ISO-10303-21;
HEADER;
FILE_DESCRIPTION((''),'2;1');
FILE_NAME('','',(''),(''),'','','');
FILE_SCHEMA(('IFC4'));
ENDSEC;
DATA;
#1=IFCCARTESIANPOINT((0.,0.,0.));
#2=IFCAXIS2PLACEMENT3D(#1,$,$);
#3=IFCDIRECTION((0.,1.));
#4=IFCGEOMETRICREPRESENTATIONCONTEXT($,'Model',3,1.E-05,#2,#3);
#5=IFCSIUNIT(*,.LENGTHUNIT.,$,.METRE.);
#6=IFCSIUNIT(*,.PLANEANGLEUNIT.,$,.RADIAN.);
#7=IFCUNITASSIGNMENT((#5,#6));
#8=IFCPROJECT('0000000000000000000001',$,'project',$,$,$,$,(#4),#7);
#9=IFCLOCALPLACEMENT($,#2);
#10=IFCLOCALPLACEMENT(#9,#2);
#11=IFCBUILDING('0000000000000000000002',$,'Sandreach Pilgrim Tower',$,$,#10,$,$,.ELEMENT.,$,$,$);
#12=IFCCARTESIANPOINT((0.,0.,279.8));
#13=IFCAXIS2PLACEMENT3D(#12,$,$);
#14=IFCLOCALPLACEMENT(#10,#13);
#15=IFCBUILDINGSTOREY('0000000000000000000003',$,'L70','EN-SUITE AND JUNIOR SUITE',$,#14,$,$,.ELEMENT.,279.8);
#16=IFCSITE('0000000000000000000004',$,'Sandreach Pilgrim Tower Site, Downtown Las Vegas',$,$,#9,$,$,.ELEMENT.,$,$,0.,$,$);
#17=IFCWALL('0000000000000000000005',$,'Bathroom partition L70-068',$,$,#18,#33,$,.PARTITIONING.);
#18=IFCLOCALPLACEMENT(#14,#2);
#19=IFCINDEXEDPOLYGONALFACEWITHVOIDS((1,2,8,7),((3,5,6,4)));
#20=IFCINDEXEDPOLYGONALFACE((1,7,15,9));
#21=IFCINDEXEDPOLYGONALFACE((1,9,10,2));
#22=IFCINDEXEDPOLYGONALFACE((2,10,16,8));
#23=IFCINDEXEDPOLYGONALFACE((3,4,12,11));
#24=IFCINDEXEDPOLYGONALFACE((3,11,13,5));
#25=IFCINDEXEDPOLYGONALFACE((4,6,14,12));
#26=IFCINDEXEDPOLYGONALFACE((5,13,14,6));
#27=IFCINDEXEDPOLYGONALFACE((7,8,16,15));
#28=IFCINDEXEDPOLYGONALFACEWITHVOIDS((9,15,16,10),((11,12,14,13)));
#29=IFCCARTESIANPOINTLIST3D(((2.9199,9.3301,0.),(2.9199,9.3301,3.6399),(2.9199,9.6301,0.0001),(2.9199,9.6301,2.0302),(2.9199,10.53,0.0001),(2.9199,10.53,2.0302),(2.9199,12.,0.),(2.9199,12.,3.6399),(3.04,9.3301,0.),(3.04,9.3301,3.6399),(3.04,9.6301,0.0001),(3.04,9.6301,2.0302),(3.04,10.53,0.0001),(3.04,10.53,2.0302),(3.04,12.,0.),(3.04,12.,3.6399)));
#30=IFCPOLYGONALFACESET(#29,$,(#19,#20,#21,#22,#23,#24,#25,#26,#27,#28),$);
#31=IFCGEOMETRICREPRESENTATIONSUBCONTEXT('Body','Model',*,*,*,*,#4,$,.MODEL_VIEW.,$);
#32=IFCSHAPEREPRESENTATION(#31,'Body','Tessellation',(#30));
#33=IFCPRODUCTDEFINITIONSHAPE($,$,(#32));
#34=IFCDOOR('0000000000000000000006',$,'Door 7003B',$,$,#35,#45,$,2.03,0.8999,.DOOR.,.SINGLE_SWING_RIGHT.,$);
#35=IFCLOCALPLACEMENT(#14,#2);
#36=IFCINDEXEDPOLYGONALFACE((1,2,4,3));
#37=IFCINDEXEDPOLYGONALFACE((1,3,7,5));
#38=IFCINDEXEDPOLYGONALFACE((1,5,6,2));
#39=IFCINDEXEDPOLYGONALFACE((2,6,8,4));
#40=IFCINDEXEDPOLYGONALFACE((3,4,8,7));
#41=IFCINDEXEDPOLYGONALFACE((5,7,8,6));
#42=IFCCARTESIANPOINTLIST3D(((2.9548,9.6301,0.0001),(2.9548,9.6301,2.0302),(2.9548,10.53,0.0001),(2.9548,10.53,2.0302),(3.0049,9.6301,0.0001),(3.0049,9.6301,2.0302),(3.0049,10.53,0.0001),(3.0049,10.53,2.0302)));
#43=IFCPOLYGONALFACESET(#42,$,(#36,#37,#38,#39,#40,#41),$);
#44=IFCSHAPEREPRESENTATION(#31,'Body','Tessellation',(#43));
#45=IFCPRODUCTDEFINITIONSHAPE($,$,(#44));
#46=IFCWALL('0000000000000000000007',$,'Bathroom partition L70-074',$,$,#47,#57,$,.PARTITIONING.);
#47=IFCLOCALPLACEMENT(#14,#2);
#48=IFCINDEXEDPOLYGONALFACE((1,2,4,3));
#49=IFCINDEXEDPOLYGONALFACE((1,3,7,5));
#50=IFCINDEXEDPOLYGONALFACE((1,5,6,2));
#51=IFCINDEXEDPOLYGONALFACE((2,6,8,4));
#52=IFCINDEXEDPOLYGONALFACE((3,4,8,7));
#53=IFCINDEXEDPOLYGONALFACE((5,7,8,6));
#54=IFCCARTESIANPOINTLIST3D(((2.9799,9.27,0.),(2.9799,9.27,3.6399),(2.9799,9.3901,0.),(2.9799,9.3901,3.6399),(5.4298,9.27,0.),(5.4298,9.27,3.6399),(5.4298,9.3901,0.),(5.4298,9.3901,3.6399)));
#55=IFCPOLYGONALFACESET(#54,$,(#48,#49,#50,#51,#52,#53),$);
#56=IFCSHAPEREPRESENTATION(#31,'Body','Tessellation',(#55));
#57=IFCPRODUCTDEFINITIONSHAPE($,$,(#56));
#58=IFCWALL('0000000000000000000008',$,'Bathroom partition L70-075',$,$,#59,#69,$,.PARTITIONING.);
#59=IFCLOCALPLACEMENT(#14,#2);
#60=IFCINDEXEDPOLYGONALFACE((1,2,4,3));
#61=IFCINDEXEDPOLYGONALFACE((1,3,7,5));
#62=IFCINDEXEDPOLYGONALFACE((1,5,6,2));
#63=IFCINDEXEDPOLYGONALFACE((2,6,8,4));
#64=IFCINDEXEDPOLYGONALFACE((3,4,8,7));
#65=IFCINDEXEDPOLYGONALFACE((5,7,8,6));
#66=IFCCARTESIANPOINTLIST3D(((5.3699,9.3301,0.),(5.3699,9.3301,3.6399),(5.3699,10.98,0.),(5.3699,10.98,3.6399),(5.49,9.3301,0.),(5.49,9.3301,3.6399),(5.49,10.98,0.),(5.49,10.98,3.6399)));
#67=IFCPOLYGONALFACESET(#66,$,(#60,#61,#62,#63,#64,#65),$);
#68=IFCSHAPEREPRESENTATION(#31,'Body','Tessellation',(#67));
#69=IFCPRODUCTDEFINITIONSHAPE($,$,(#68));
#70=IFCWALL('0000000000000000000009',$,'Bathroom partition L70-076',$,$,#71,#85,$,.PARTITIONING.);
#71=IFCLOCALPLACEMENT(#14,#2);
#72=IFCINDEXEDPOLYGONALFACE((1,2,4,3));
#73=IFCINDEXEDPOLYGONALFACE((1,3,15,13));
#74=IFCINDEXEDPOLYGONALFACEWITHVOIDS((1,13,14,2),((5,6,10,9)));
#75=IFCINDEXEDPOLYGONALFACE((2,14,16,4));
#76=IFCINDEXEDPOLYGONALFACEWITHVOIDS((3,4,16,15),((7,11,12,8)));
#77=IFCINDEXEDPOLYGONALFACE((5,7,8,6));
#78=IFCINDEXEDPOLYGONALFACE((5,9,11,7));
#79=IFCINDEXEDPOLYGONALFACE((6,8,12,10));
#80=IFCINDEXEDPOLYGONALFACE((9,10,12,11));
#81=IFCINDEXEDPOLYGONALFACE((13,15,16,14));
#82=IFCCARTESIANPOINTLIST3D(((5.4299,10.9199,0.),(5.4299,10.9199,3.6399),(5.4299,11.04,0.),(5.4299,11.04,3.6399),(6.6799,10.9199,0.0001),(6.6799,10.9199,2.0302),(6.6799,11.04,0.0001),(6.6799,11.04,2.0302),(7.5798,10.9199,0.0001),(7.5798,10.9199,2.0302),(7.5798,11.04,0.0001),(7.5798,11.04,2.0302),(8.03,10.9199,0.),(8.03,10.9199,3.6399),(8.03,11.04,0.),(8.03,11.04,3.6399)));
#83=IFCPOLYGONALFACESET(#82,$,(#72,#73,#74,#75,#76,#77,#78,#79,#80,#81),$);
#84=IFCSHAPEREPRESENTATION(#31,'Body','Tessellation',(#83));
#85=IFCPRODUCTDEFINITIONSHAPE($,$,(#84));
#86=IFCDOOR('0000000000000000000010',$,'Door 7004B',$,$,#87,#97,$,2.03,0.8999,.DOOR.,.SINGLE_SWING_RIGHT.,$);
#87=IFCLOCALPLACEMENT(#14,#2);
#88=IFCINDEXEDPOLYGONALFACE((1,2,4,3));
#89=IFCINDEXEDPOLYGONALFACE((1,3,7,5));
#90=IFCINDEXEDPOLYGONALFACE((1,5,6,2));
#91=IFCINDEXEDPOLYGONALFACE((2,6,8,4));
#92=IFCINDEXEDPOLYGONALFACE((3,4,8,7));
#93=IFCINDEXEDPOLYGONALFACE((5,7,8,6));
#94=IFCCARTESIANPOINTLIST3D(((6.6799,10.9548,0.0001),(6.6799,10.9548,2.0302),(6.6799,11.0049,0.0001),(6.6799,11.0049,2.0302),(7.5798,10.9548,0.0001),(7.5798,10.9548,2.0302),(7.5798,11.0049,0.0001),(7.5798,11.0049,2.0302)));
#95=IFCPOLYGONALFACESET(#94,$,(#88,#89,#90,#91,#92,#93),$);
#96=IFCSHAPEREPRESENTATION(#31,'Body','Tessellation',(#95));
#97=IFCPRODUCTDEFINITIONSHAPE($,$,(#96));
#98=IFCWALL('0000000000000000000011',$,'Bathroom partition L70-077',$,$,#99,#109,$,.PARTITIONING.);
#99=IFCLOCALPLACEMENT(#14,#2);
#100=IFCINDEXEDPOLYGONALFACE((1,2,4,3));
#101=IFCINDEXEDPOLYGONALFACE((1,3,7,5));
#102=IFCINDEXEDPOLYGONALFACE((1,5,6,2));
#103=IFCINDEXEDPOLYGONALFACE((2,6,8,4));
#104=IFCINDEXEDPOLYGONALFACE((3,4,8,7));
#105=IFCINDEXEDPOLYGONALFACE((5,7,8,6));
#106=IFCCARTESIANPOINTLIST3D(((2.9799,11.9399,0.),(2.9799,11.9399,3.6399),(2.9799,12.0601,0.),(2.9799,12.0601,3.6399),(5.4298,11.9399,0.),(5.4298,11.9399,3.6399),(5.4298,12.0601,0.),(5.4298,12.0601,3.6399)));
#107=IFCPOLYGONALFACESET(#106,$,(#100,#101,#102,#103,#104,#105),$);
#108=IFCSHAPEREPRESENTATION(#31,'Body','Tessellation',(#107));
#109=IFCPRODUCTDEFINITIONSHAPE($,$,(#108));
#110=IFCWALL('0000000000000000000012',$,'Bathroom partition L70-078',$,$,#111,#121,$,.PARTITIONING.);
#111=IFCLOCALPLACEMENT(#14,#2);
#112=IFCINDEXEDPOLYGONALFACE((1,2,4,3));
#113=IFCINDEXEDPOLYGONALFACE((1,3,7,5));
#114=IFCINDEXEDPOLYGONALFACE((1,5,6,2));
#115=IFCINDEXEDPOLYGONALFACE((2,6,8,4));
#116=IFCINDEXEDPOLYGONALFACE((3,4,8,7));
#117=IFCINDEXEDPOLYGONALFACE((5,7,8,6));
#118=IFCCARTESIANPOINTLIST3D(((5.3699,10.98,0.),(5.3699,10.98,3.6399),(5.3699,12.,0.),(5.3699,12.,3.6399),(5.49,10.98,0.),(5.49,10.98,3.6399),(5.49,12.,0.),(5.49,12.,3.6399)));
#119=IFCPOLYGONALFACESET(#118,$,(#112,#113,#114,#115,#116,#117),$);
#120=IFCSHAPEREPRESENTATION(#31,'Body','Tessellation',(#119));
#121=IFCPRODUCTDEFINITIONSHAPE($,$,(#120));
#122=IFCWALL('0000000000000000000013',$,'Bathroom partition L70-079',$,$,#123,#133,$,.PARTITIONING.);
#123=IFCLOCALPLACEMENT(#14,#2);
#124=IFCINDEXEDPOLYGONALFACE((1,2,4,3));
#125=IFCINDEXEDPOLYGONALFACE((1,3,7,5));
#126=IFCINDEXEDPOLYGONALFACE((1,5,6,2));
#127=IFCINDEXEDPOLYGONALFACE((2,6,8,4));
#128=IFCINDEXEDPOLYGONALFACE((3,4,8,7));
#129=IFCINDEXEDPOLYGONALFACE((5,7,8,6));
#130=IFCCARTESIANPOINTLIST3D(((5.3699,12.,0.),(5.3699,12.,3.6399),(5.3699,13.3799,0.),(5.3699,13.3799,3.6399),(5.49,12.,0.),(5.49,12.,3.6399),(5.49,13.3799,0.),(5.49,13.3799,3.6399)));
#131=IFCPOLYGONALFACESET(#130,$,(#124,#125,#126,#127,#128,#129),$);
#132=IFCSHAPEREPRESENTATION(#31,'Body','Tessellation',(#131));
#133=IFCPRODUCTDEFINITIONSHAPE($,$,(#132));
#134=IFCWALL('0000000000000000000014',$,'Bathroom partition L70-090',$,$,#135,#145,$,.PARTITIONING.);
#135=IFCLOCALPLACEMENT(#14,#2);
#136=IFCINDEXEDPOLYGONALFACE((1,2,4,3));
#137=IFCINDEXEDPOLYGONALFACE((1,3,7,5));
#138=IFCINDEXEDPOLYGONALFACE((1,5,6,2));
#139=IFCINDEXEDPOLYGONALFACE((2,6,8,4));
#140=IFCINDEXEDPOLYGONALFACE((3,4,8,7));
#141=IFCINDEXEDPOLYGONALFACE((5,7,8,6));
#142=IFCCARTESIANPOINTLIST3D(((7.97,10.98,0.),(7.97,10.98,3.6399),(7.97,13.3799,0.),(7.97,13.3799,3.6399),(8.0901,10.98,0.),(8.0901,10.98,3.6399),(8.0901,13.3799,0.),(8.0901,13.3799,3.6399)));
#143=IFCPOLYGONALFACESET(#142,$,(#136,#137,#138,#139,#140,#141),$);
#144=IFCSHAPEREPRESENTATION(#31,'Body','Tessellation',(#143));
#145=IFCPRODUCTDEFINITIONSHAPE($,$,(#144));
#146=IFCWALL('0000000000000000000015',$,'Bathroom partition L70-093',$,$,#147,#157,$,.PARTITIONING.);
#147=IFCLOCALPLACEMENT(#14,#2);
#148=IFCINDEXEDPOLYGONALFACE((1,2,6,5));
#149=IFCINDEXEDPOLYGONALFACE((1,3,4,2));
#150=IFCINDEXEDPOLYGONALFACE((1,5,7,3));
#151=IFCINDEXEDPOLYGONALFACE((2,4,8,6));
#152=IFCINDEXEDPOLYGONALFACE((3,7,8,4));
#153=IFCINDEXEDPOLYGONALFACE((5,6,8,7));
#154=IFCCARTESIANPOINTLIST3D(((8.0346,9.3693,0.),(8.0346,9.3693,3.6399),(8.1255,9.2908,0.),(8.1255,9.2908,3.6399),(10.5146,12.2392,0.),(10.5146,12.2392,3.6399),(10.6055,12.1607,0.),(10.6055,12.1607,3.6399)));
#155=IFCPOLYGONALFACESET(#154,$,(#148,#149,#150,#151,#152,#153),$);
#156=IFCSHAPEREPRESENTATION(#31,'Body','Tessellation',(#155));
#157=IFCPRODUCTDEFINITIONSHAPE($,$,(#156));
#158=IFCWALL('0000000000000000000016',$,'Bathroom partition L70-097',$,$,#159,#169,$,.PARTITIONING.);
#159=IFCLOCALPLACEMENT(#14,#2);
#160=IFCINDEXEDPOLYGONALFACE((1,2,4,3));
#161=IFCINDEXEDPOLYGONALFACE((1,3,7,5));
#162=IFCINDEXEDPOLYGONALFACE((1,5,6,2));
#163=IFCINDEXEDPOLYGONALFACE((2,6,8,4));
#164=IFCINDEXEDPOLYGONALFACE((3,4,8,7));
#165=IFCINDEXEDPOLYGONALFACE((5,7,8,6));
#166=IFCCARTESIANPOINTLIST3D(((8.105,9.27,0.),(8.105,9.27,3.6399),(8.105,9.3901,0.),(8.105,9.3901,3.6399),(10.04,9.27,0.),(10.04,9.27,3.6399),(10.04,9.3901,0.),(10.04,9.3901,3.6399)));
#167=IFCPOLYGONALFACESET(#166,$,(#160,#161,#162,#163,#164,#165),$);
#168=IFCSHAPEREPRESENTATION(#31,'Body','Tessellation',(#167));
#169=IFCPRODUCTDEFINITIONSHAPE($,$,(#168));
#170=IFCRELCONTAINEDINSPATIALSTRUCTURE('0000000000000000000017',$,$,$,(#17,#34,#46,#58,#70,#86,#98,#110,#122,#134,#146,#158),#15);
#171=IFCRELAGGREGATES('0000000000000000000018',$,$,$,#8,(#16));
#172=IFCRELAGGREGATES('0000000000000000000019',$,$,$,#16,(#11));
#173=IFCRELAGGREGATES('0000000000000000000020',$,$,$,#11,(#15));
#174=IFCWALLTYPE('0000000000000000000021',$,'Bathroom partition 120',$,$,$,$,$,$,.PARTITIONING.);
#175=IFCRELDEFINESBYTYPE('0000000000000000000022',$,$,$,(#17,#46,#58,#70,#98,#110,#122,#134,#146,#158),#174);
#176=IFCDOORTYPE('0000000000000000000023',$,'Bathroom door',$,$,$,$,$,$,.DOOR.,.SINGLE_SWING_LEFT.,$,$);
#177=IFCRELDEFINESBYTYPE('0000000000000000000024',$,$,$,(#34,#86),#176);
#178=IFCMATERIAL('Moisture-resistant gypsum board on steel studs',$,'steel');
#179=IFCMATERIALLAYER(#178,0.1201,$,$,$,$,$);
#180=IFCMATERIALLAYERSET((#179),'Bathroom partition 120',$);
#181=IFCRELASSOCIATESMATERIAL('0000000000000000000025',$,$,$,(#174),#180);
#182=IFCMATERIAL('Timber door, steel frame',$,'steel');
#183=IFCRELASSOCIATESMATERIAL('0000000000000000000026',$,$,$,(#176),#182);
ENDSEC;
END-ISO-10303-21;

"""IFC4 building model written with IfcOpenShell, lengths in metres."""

from ifc_helpers import new_model, si_unit, direction, frame, frame_2d, origin, place, context, subcontext, project, spatial, rectangle, extrude, material, layer, layer_set, type_object, element, fill, save


model = new_model("IFC4")

# Units and contexts
model_context = context("Model", 3, precision=1e-05, world=origin(), true_north=direction((0.0, 1.0)))
body_context = subcontext(model_context, "Body", "Model", "MODEL_VIEW")
ifc_project = project(units=[si_unit("LENGTHUNIT", "METRE"), si_unit("PLANEANGLEUNIT", "RADIAN")], contexts=[model_context])

# Site, building, storey
site_placement = place(None, origin())
site = spatial("IfcSite", under=ifc_project, at=site_placement, Name="Sandreach Pilgrim Tower Site, Downtown Las Vegas", CompositionType="ELEMENT", RefElevation=0.0)
building_placement = place(site_placement, origin())
building = spatial("IfcBuilding", under=site, at=building_placement, Name="Sandreach Pilgrim Tower", CompositionType="ELEMENT")
storey_placement = place(building_placement, frame((0.0, 0.0, 279.8)))
storey = spatial("IfcBuildingStorey", under=building, at=storey_placement, Name="L70", Description="EN-SUITE AND JUNIOR SUITE", CompositionType="ELEMENT", Elevation=279.8)

# Wall, opening, door
ifc_material_1 = material(Name="Moisture-resistant gypsum board on steel studs", Category="steel")
ifc_layer_1 = layer(ifc_material_1, 0.1201)
ifc_layer_set_1 = layer_set([ifc_layer_1], Name="Bathroom partition 120")
wall_type_1 = type_object("IfcWallType", Name="Bathroom partition 120", PredefinedType="PARTITIONING", material=ifc_layer_set_1)
wall_1_placement = place(storey_placement, frame((2.98, 12.0, 0.0), z_axis=(0.0, 0.0, 1.0), x_axis=(0.0, -1.0, 0.0)))
wall_1 = element("IfcWall", 1, at=wall_1_placement, inside=storey, type_object=wall_type_1, Name="Bathroom partition L70-068", PredefinedType="PARTITIONING", context=body_context, shape_type="SweptSolid", body=[
    extrude(rectangle(XDim=2.6699, YDim=0.1201, at=frame_2d((1.335, 0.0))), origin(), (0.0, 0.0, 1.0), 3.6399),
])
opening_1_placement = place(wall_1_placement, frame((1.47, 0.0, 0.0)))
opening_1 = element("IfcOpeningElement", 2, at=opening_1_placement, cuts=wall_1, PredefinedType="OPENING", context=body_context, shape_type="SweptSolid", body=[
    extrude(rectangle(XDim=0.8999, YDim=2.03, at=frame_2d((0.45, 1.0151))), frame((0.0, 0.0601, 0.0), z_axis=(0.0, -1.0, 0.0), x_axis=(1.0, 0.0, 0.0)), (0.0, 0.0, 1.0), 0.1201),
])
ifc_material_2 = material(Name="Timber door, steel frame", Category="steel")
door_type_1 = type_object("IfcDoorType", Name="Bathroom door", OperationType="SINGLE_SWING_LEFT", PredefinedType="DOOR", material=ifc_material_2)
door_1_placement = place(opening_1_placement, origin())
door_1 = element("IfcDoor", 3, at=door_1_placement, inside=storey, type_object=door_type_1, Name="Door 7003B", OperationType="SINGLE_SWING_RIGHT", OverallHeight=2.03, OverallWidth=0.8999, PredefinedType="DOOR", context=body_context, shape_type="SweptSolid", body=[
    extrude(rectangle(XDim=0.8999, YDim=2.03, at=frame_2d((0.45, 1.0151))), frame((0.0, 0.0249, 0.0), z_axis=(0.0, -1.0, 0.0), x_axis=(1.0, 0.0, 0.0)), (0.0, 0.0, 1.0), 0.05),
])
fill(opening_1, door_1)

# Walls
wall_2_placement = place(storey_placement, frame((5.4299, 9.3301, 0.0), z_axis=(0.0, 0.0, 1.0), x_axis=(-1.0, 0.0, 0.0)))
element("IfcWall", 4, at=wall_2_placement, inside=storey, type_object=wall_type_1, Name="Bathroom partition L70-074", PredefinedType="PARTITIONING", context=body_context, shape_type="SweptSolid", body=[
    extrude(rectangle(XDim=2.45, YDim=0.1201, at=frame_2d((1.2251, 0.0))), origin(), (0.0, 0.0, 1.0), 3.6399),
])
wall_3_placement = place(storey_placement, frame((5.4299, 10.98, 0.0), z_axis=(0.0, 0.0, 1.0), x_axis=(0.0, -1.0, 0.0)))
element("IfcWall", 5, at=wall_3_placement, inside=storey, type_object=wall_type_1, Name="Bathroom partition L70-075", PredefinedType="PARTITIONING", context=body_context, shape_type="SweptSolid", body=[
    extrude(rectangle(XDim=1.6499, YDim=0.1201, at=frame_2d((0.825, 0.0))), origin(), (0.0, 0.0, 1.0), 3.6399),
])

# Wall, opening, door
wall_4_placement = place(storey_placement, frame((5.4299, 10.98, 0.0), z_axis=(0.0, 0.0, 1.0), x_axis=(1.0, 0.0, 0.0)))
wall_4 = element("IfcWall", 6, at=wall_4_placement, inside=storey, type_object=wall_type_1, Name="Bathroom partition L70-076", PredefinedType="PARTITIONING", context=body_context, shape_type="SweptSolid", body=[
    extrude(rectangle(XDim=2.6001, YDim=0.1201, at=frame_2d((1.3, 0.0))), origin(), (0.0, 0.0, 1.0), 3.6399),
])
opening_2_placement = place(wall_4_placement, frame((1.25, 0.0, 0.0)))
opening_2 = element("IfcOpeningElement", 7, at=opening_2_placement, cuts=wall_4, PredefinedType="OPENING", context=body_context, shape_type="SweptSolid", body=[
    extrude(rectangle(XDim=0.8999, YDim=2.03, at=frame_2d((0.45, 1.0151))), frame((0.0, 0.0601, 0.0), z_axis=(0.0, -1.0, 0.0), x_axis=(1.0, 0.0, 0.0)), (0.0, 0.0, 1.0), 0.1201),
])
door_2_placement = place(opening_2_placement, origin())
door_2 = element("IfcDoor", 8, at=door_2_placement, inside=storey, type_object=door_type_1, Name="Door 7004B", OperationType="SINGLE_SWING_RIGHT", OverallHeight=2.03, OverallWidth=0.8999, PredefinedType="DOOR", context=body_context, shape_type="SweptSolid", body=[
    extrude(rectangle(XDim=0.8999, YDim=2.03, at=frame_2d((0.45, 1.0151))), frame((0.0, 0.0249, 0.0), z_axis=(0.0, -1.0, 0.0), x_axis=(1.0, 0.0, 0.0)), (0.0, 0.0, 1.0), 0.05),
])
fill(opening_2, door_2)

# Walls
wall_5_placement = place(storey_placement, frame((5.4299, 12.0, 0.0), z_axis=(0.0, 0.0, 1.0), x_axis=(-1.0, 0.0, 0.0)))
element("IfcWall", 9, at=wall_5_placement, inside=storey, type_object=wall_type_1, Name="Bathroom partition L70-077", PredefinedType="PARTITIONING", context=body_context, shape_type="SweptSolid", body=[
    extrude(rectangle(XDim=2.45, YDim=0.1201, at=frame_2d((1.2251, 0.0))), origin(), (0.0, 0.0, 1.0), 3.6399),
])
wall_6_placement = place(storey_placement, frame((5.4299, 12.0, 0.0), z_axis=(0.0, 0.0, 1.0), x_axis=(0.0, -1.0, 0.0)))
element("IfcWall", 10, at=wall_6_placement, inside=storey, type_object=wall_type_1, Name="Bathroom partition L70-078", PredefinedType="PARTITIONING", context=body_context, shape_type="SweptSolid", body=[
    extrude(rectangle(XDim=1.02, YDim=0.1201, at=frame_2d((0.51, 0.0))), origin(), (0.0, 0.0, 1.0), 3.6399),
])
wall_7_placement = place(storey_placement, frame((5.4299, 13.3799, 0.0), z_axis=(0.0, 0.0, 1.0), x_axis=(0.0, -1.0, 0.0)))
element("IfcWall", 11, at=wall_7_placement, inside=storey, type_object=wall_type_1, Name="Bathroom partition L70-079", PredefinedType="PARTITIONING", context=body_context, shape_type="SweptSolid", body=[
    extrude(rectangle(XDim=1.3799, YDim=0.1201, at=frame_2d((0.6899, 0.0))), origin(), (0.0, 0.0, 1.0), 3.6399),
])
wall_8_placement = place(storey_placement, frame((8.03, 10.98, 0.0), z_axis=(0.0, 0.0, 1.0), x_axis=(0.0, 1.0, 0.0)))
element("IfcWall", 12, at=wall_8_placement, inside=storey, type_object=wall_type_1, Name="Bathroom partition L70-090", PredefinedType="PARTITIONING", context=body_context, shape_type="SweptSolid", body=[
    extrude(rectangle(XDim=2.3999, YDim=0.1201, at=frame_2d((1.2, 0.0))), origin(), (0.0, 0.0, 1.0), 3.6399),
])
wall_9_placement = place(storey_placement, frame((8.0801, 9.3301, 0.0), z_axis=(0.0, 0.0, 1.0), x_axis=(0.653839, 0.756633, 0.0)))
element("IfcWall", 13, at=wall_9_placement, inside=storey, type_object=wall_type_1, Name="Bathroom partition L70-093", PredefinedType="PARTITIONING", context=body_context, shape_type="SweptSolid", body=[
    extrude(rectangle(XDim=3.793, YDim=0.1201, at=frame_2d((1.8965, 0.0))), origin(), (0.0, 0.0, 1.0), 3.6399),
])
wall_10_placement = place(storey_placement, frame((10.04, 9.3301, 0.0), z_axis=(0.0, 0.0, 1.0), x_axis=(-1.0, 0.0, 0.0)))
element("IfcWall", 14, at=wall_10_placement, inside=storey, type_object=wall_type_1, Name="Bathroom partition L70-097", PredefinedType="PARTITIONING", context=body_context, shape_type="SweptSolid", body=[
    extrude(rectangle(XDim=1.9351, YDim=0.1201, at=frame_2d((0.9675, 0.0))), origin(), (0.0, 0.0, 1.0), 3.6399),
])

save(model, "model.ifc")
